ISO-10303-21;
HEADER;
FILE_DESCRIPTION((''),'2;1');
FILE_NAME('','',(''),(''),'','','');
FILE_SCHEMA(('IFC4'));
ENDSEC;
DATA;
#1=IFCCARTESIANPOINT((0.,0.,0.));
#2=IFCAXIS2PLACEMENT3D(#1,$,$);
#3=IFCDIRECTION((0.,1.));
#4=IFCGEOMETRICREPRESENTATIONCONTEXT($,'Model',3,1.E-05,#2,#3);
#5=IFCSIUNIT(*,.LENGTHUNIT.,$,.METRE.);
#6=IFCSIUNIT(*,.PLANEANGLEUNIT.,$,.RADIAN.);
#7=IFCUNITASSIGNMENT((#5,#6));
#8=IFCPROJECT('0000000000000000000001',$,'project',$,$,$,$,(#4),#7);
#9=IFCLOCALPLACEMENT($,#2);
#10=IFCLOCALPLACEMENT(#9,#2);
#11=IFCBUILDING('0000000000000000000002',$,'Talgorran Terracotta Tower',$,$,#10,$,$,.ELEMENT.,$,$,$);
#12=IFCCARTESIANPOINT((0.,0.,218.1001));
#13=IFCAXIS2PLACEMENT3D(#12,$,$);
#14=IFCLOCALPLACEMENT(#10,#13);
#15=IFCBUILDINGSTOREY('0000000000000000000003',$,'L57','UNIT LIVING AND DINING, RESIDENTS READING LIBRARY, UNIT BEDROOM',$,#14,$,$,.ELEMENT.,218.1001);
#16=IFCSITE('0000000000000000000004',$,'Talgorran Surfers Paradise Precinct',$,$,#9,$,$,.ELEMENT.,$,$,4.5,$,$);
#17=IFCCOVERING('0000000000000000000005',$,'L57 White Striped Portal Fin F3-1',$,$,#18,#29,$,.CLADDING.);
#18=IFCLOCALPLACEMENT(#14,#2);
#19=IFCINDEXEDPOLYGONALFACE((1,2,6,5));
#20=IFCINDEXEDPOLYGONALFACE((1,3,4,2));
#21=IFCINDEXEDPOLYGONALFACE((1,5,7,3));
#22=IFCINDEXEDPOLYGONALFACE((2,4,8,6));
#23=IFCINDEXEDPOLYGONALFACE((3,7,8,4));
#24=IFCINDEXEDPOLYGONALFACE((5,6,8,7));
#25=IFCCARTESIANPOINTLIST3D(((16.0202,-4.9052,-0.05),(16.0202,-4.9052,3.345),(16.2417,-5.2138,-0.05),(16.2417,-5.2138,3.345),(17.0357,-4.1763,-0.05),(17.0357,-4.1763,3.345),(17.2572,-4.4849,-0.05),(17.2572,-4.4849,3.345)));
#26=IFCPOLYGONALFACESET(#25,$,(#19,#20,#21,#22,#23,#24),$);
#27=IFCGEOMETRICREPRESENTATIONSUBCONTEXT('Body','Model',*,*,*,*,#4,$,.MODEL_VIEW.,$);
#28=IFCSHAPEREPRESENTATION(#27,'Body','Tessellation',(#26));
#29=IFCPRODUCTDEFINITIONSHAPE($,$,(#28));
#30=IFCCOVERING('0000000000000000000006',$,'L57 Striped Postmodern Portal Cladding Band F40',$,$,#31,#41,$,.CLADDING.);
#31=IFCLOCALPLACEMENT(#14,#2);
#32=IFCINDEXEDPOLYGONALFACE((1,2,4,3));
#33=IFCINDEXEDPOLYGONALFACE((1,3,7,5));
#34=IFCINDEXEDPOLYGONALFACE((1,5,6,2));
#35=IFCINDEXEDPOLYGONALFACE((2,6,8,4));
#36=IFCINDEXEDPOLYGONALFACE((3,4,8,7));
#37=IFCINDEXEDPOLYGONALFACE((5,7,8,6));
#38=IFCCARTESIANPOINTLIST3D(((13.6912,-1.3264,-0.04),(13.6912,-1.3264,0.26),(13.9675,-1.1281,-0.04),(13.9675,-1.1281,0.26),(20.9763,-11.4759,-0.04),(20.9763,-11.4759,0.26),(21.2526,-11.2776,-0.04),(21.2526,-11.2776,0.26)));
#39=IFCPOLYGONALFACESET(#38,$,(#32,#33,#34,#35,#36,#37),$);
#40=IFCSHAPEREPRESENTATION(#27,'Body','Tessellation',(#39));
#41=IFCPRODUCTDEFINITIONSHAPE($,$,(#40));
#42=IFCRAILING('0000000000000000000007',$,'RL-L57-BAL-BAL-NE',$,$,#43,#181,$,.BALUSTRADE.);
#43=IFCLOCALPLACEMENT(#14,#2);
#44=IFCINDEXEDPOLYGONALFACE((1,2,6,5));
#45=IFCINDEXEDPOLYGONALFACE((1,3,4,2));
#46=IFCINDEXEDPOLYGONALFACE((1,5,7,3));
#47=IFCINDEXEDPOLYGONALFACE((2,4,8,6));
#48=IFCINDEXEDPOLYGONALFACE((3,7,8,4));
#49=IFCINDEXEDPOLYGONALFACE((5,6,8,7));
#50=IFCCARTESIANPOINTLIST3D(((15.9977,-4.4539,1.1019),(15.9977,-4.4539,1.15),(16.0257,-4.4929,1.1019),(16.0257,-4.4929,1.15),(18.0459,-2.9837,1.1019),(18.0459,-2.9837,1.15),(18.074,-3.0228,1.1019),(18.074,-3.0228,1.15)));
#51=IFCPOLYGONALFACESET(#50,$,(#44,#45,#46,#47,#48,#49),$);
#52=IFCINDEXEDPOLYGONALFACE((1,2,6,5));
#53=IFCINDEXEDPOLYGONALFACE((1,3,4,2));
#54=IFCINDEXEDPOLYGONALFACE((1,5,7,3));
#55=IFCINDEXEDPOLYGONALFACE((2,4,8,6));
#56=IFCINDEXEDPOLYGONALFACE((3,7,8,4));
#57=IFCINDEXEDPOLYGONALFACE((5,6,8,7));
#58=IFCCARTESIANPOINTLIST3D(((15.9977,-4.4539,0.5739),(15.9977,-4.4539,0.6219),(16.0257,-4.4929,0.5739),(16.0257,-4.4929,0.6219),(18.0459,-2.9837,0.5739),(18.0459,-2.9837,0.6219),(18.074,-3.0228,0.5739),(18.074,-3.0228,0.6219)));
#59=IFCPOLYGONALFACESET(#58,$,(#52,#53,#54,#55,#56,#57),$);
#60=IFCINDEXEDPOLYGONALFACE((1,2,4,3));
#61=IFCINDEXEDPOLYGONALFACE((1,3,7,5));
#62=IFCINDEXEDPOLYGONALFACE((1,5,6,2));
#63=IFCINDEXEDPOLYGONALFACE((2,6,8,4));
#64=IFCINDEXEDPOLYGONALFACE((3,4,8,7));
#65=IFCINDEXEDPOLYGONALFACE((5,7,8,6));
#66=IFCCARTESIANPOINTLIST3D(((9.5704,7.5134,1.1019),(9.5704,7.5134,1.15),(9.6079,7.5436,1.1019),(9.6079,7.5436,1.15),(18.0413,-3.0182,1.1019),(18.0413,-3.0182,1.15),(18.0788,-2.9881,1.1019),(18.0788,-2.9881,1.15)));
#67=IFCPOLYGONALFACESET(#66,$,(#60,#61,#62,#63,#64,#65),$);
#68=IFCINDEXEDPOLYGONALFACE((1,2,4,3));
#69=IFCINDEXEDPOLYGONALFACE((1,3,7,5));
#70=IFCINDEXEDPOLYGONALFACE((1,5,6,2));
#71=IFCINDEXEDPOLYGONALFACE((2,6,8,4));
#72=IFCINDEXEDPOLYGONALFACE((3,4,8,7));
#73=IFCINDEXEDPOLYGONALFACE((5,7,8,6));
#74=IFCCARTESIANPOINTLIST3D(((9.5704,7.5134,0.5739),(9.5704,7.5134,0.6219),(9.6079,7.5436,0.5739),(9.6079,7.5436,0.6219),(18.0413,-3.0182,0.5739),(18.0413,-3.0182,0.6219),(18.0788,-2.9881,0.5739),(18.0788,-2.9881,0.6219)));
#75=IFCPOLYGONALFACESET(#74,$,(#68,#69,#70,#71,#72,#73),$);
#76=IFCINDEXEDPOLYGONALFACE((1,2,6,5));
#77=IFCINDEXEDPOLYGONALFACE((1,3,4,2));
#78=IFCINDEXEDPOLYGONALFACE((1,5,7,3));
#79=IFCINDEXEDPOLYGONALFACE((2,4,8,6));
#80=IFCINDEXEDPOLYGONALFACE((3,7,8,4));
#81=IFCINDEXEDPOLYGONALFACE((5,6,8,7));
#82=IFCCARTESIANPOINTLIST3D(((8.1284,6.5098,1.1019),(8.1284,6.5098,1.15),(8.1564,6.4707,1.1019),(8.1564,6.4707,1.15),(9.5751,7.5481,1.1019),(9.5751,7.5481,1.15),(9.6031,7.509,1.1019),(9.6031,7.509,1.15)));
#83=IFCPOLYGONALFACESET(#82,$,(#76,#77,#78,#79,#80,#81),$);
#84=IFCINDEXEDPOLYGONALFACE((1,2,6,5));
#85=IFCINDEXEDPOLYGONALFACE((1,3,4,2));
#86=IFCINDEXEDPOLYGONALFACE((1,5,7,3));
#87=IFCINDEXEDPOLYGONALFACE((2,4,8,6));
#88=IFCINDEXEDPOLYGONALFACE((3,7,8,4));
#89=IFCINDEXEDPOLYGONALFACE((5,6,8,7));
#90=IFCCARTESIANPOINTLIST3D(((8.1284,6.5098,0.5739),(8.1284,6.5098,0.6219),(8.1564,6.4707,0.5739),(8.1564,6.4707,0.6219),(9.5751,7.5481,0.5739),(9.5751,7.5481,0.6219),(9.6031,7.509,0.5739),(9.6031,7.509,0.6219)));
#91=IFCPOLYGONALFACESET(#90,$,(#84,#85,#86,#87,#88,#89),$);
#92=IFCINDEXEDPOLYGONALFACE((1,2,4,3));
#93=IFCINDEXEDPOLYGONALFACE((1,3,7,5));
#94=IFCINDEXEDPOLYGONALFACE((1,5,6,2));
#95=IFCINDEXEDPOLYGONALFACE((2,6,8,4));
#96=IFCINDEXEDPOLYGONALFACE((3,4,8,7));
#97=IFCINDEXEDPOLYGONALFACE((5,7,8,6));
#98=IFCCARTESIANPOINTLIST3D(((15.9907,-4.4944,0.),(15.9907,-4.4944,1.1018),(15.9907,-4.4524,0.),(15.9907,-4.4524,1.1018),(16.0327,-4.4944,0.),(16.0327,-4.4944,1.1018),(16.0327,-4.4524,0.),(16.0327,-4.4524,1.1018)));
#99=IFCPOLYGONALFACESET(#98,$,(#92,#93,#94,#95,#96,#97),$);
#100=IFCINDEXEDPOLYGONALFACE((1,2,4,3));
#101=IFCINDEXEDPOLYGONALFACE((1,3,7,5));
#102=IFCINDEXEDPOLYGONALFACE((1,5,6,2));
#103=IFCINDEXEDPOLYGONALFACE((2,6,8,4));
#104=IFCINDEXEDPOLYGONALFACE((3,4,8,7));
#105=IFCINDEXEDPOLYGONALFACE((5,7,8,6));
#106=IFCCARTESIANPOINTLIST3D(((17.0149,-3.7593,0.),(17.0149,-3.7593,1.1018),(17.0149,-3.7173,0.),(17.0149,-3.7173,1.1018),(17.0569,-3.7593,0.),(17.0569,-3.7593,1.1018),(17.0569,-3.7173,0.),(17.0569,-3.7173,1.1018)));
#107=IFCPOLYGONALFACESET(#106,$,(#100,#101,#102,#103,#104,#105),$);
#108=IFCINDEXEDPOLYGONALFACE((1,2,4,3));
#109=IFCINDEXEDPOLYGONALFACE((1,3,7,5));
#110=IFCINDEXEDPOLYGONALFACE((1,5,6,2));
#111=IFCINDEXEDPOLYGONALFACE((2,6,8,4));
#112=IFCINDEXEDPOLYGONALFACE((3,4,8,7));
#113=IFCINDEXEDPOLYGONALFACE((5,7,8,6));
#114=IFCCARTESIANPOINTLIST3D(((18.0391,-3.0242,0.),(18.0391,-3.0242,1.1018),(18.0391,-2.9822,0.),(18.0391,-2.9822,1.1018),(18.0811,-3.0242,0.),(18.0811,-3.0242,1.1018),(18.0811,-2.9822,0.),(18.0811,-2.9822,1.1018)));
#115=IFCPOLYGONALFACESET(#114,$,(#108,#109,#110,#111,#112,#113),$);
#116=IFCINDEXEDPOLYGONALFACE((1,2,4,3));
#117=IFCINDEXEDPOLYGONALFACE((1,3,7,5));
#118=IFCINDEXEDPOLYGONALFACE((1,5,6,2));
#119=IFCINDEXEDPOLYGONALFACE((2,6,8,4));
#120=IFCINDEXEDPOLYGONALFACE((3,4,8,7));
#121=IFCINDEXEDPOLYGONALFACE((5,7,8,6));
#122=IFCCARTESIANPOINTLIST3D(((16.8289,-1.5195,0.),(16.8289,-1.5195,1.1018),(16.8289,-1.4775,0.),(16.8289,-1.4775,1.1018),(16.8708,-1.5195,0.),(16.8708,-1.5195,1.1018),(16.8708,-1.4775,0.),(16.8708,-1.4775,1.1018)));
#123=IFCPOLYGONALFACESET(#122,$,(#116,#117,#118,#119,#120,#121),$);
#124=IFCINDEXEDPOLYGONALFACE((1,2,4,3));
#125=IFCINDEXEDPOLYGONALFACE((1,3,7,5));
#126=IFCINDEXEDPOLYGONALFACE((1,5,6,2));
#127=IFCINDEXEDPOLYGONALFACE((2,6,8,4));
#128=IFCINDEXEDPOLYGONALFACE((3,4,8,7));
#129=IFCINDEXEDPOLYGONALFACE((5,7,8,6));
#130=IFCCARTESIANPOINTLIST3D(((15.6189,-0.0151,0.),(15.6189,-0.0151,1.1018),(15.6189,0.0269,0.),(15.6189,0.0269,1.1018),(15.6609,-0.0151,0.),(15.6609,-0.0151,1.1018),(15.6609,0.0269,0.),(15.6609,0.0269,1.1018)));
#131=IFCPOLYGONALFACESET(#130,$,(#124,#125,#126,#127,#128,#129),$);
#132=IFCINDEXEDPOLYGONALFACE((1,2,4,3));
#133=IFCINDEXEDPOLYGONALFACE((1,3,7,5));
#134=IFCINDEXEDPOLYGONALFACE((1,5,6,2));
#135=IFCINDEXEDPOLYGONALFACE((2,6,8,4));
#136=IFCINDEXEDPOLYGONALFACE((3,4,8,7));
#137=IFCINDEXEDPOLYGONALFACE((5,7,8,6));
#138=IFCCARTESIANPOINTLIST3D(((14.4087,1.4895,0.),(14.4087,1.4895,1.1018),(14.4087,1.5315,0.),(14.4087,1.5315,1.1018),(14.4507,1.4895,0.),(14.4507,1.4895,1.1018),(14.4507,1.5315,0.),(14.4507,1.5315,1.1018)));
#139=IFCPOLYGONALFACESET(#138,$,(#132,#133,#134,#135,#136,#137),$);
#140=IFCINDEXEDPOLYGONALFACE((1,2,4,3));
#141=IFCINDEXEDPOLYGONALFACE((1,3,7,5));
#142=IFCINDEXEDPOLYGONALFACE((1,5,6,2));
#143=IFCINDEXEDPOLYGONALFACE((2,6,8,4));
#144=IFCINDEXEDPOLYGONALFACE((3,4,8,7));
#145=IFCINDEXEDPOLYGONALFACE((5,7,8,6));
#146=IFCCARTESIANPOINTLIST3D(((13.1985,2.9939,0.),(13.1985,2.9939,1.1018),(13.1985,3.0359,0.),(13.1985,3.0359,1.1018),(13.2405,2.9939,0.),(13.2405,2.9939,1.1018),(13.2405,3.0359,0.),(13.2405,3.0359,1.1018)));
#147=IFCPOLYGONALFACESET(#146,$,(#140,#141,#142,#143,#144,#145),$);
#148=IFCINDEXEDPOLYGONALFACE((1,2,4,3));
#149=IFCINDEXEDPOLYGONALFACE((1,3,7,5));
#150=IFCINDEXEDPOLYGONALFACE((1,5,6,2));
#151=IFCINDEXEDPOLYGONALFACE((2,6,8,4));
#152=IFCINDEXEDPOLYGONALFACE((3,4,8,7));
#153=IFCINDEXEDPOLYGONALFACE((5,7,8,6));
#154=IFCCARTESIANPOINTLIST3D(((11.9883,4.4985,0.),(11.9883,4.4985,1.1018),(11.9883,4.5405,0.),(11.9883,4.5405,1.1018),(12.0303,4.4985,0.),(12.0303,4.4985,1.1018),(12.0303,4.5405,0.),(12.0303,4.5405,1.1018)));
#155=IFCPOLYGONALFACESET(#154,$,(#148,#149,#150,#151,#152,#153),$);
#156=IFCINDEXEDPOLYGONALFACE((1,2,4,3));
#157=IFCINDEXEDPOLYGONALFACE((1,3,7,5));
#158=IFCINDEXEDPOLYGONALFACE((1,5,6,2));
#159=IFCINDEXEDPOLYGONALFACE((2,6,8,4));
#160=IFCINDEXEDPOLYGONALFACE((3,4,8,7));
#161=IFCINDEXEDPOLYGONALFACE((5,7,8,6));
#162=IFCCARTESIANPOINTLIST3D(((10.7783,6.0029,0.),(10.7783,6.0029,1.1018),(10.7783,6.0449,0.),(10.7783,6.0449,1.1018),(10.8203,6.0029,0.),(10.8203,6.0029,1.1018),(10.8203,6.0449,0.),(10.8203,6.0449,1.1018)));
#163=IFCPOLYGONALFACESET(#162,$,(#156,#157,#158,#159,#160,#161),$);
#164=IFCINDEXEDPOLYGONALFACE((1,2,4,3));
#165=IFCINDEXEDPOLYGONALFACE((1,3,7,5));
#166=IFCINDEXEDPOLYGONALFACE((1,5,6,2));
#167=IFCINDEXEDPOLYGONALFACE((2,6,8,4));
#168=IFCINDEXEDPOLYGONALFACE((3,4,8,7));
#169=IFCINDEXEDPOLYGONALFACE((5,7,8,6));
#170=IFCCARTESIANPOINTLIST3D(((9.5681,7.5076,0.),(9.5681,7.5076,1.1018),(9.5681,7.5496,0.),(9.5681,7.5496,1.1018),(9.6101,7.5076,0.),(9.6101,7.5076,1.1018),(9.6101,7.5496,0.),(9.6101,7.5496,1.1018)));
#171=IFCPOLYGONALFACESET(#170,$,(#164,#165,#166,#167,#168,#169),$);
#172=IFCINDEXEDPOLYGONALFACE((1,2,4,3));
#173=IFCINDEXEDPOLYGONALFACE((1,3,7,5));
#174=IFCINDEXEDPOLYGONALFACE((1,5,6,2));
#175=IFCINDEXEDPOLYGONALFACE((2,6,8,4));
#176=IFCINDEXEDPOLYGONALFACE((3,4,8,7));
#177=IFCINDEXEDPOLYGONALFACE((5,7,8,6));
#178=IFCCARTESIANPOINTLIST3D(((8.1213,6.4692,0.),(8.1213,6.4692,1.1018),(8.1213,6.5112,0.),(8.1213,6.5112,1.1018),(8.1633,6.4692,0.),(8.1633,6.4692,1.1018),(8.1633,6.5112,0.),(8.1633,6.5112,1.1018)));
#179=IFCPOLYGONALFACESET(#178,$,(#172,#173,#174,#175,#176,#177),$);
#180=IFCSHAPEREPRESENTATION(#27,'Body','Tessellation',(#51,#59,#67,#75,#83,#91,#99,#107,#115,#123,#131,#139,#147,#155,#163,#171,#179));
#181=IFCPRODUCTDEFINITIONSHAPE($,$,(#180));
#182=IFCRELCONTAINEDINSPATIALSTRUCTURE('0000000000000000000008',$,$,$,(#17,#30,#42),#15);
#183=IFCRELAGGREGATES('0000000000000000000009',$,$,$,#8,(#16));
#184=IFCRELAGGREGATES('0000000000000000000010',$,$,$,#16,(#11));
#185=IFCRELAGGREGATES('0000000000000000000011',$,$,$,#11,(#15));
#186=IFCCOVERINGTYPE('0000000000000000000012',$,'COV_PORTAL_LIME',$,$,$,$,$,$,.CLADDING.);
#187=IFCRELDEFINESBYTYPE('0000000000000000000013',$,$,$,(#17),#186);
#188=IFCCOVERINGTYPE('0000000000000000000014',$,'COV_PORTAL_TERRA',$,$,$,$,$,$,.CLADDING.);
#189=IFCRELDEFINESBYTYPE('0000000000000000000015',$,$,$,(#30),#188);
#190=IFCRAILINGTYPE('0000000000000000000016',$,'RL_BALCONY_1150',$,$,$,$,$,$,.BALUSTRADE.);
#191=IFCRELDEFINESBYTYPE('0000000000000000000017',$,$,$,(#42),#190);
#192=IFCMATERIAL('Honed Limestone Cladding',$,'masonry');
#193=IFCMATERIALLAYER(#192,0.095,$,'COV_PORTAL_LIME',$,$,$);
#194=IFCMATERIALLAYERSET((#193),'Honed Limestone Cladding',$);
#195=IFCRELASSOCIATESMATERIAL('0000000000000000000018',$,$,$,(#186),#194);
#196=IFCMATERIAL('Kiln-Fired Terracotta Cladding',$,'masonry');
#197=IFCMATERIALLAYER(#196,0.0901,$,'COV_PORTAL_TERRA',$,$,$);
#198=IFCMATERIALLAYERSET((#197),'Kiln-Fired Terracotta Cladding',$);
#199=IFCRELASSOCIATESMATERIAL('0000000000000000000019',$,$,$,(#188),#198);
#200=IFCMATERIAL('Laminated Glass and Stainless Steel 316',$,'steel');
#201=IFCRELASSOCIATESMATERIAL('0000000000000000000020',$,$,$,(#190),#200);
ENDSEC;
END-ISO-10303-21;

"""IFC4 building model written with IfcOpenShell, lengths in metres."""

from ifc_helpers import new_model, si_unit, direction, frame, origin, origin_2d, place, context, subcontext, project, spatial, rectangle, extrude, material, layer, layer_set, type_object, element, save


model = new_model("IFC4")

# Units and contexts
model_context = context("Model", 3, precision=1e-05, world=origin(), true_north=direction((0.0, 1.0)))
body_context = subcontext(model_context, "Body", "Model", "MODEL_VIEW")
ifc_project = project(units=[si_unit("LENGTHUNIT", "METRE"), si_unit("PLANEANGLEUNIT", "RADIAN")], contexts=[model_context])

# Site, building, storey
site_placement = place(None, origin())
site = spatial("IfcSite", under=ifc_project, at=site_placement, Name="Talgorran Surfers Paradise Precinct", CompositionType="ELEMENT", RefElevation=4.5)
building_placement = place(site_placement, origin())
building = spatial("IfcBuilding", under=site, at=building_placement, Name="Talgorran Terracotta Tower", CompositionType="ELEMENT")
storey_placement = place(building_placement, frame((0.0, 0.0, 218.1001)))
storey = spatial("IfcBuildingStorey", under=building, at=storey_placement, Name="L57", Description="UNIT LIVING AND DINING, RESIDENTS READING LIBRARY, UNIT BEDROOM", CompositionType="ELEMENT", Elevation=218.1001)

# Coverings
ifc_material_1 = material(Name="Honed Limestone Cladding", Category="masonry")
ifc_layer_1 = layer(ifc_material_1, 0.095, Name="COV_PORTAL_LIME")
ifc_layer_set_1 = layer_set([ifc_layer_1], Name="Honed Limestone Cladding")
covering_type_1 = type_object("IfcCoveringType", Name="COV_PORTAL_LIME", PredefinedType="CLADDING", material=ifc_layer_set_1)
covering_1_placement = place(storey_placement, frame((16.6387, -4.6951, -0.05), z_axis=(0.0, 0.0, 1.0), x_axis=(-0.583116, 0.812389, 0.0)))
element("IfcCovering", 1, at=covering_1_placement, inside=storey, type_object=covering_type_1, Name="L57 White Striped Portal Fin F3-1", PredefinedType="CLADDING", context=body_context, shape_type="SweptSolid", body=[
    extrude(rectangle(XDim=0.3799, YDim=1.25, at=origin_2d()), origin(), (0.0, 0.0, 1.0), 3.395),
])
ifc_material_2 = material(Name="Kiln-Fired Terracotta Cladding", Category="masonry")
ifc_layer_2 = layer(ifc_material_2, 0.0901, Name="COV_PORTAL_TERRA")
ifc_layer_set_2 = layer_set([ifc_layer_2], Name="Kiln-Fired Terracotta Cladding")
covering_type_2 = type_object("IfcCoveringType", Name="COV_PORTAL_TERRA", PredefinedType="CLADDING", material=ifc_layer_set_2)
covering_2_placement = place(storey_placement, frame((17.4719, -6.302, -0.04), z_axis=(0.0, 0.0, 1.0), x_axis=(-0.583116, 0.812389, 0.0)))
element("IfcCovering", 2, at=covering_2_placement, inside=storey, type_object=covering_type_2, Name="L57 Striped Postmodern Portal Cladding Band F40", PredefinedType="CLADDING", context=body_context, shape_type="SweptSolid", body=[
    extrude(rectangle(XDim=12.4934, YDim=0.3401, at=origin_2d()), origin(), (0.0, 0.0, 1.0), 0.3),
])

# Railing
ifc_material_3 = material(Name="Laminated Glass and Stainless Steel 316", Category="steel")
railing_type = type_object("IfcRailingType", Name="RL_BALCONY_1150", PredefinedType="BALUSTRADE", material=ifc_material_3)
railing_placement = place(storey_placement, frame((16.0117, -4.4734, 0.0)))
element("IfcRailing", 3, at=railing_placement, inside=storey, type_object=railing_type, Name="RL-L57-BAL-BAL-NE", PredefinedType="BALUSTRADE", context=body_context, shape_type="SweptSolid", body=[
    extrude(rectangle(XDim=0.0481, YDim=0.0481, at=origin_2d()), frame((0.0, 0.0, 1.126), z_axis=(0.812397, 0.583105, 0.0), x_axis=(-0.583105, 0.812397, 0.0)), (0.0, 0.0, 1.0), 2.5212),
    extrude(rectangle(XDim=0.0481, YDim=0.0481, at=origin_2d()), frame((0.0, 0.0, 0.5979), z_axis=(0.812397, 0.583105, 0.0), x_axis=(-0.583105, 0.812397, 0.0)), (0.0, 0.0, 1.0), 2.5212),
    extrude(rectangle(XDim=0.0481, YDim=0.0481, at=origin_2d()), frame((2.0483, 1.4702, 1.126), z_axis=(-0.626748, 0.779222, 0.0), x_axis=(-0.779222, -0.626748, 0.0)), (0.0, 0.0, 1.0), 13.5156),
    extrude(rectangle(XDim=0.0481, YDim=0.0481, at=origin_2d()), frame((2.0483, 1.4702, 0.5979), z_axis=(-0.626748, 0.779222, 0.0), x_axis=(-0.779222, -0.626748, 0.0)), (0.0, 0.0, 1.0), 13.5156),
    extrude(rectangle(XDim=0.0481, YDim=0.0481, at=origin_2d()), frame((-6.4226, 12.002, 1.126), z_axis=(-0.812425, -0.583065, 0.0), x_axis=(0.583065, -0.812425, 0.0)), (0.0, 0.0, 1.0), 1.7808),
    extrude(rectangle(XDim=0.0481, YDim=0.0481, at=origin_2d()), frame((-6.4226, 12.002, 0.5979), z_axis=(-0.812425, -0.583065, 0.0), x_axis=(0.583065, -0.812425, 0.0)), (0.0, 0.0, 1.0), 1.7808),
    extrude(rectangle(XDim=0.042, YDim=0.042, at=origin_2d()), origin(), (0.0, 0.0, 1.0), 1.1018),
    extrude(rectangle(XDim=0.042, YDim=0.042, at=origin_2d()), frame((1.0242, 0.7351, 0.0)), (0.0, 0.0, 1.0), 1.1018),
    extrude(rectangle(XDim=0.042, YDim=0.042, at=origin_2d()), frame((2.0483, 1.4702, 0.0)), (0.0, 0.0, 1.0), 1.1018),
    extrude(rectangle(XDim=0.042, YDim=0.042, at=origin_2d()), frame((0.8381, 2.9749, 0.0)), (0.0, 0.0, 1.0), 1.1018),
    extrude(rectangle(XDim=0.042, YDim=0.042, at=origin_2d()), frame((-0.3718, 4.4792, 0.0)), (0.0, 0.0, 1.0), 1.1018),
    extrude(rectangle(XDim=0.042, YDim=0.042, at=origin_2d()), frame((-1.582, 5.9839, 0.0)), (0.0, 0.0, 1.0), 1.1018),
    extrude(rectangle(XDim=0.042, YDim=0.042, at=origin_2d()), frame((-2.7922, 7.4883, 0.0)), (0.0, 0.0, 1.0), 1.1018),
    extrude(rectangle(XDim=0.042, YDim=0.042, at=origin_2d()), frame((-4.0024, 8.9929, 0.0)), (0.0, 0.0, 1.0), 1.1018),
    extrude(rectangle(XDim=0.042, YDim=0.042, at=origin_2d()), frame((-5.2124, 10.4973, 0.0)), (0.0, 0.0, 1.0), 1.1018),
    extrude(rectangle(XDim=0.042, YDim=0.042, at=origin_2d()), frame((-6.4226, 12.002, 0.0)), (0.0, 0.0, 1.0), 1.1018),
    extrude(rectangle(XDim=0.042, YDim=0.042, at=origin_2d()), frame((-7.8694, 10.9636, 0.0)), (0.0, 0.0, 1.0), 1.1018),
])

save(model, "model.ifc")
